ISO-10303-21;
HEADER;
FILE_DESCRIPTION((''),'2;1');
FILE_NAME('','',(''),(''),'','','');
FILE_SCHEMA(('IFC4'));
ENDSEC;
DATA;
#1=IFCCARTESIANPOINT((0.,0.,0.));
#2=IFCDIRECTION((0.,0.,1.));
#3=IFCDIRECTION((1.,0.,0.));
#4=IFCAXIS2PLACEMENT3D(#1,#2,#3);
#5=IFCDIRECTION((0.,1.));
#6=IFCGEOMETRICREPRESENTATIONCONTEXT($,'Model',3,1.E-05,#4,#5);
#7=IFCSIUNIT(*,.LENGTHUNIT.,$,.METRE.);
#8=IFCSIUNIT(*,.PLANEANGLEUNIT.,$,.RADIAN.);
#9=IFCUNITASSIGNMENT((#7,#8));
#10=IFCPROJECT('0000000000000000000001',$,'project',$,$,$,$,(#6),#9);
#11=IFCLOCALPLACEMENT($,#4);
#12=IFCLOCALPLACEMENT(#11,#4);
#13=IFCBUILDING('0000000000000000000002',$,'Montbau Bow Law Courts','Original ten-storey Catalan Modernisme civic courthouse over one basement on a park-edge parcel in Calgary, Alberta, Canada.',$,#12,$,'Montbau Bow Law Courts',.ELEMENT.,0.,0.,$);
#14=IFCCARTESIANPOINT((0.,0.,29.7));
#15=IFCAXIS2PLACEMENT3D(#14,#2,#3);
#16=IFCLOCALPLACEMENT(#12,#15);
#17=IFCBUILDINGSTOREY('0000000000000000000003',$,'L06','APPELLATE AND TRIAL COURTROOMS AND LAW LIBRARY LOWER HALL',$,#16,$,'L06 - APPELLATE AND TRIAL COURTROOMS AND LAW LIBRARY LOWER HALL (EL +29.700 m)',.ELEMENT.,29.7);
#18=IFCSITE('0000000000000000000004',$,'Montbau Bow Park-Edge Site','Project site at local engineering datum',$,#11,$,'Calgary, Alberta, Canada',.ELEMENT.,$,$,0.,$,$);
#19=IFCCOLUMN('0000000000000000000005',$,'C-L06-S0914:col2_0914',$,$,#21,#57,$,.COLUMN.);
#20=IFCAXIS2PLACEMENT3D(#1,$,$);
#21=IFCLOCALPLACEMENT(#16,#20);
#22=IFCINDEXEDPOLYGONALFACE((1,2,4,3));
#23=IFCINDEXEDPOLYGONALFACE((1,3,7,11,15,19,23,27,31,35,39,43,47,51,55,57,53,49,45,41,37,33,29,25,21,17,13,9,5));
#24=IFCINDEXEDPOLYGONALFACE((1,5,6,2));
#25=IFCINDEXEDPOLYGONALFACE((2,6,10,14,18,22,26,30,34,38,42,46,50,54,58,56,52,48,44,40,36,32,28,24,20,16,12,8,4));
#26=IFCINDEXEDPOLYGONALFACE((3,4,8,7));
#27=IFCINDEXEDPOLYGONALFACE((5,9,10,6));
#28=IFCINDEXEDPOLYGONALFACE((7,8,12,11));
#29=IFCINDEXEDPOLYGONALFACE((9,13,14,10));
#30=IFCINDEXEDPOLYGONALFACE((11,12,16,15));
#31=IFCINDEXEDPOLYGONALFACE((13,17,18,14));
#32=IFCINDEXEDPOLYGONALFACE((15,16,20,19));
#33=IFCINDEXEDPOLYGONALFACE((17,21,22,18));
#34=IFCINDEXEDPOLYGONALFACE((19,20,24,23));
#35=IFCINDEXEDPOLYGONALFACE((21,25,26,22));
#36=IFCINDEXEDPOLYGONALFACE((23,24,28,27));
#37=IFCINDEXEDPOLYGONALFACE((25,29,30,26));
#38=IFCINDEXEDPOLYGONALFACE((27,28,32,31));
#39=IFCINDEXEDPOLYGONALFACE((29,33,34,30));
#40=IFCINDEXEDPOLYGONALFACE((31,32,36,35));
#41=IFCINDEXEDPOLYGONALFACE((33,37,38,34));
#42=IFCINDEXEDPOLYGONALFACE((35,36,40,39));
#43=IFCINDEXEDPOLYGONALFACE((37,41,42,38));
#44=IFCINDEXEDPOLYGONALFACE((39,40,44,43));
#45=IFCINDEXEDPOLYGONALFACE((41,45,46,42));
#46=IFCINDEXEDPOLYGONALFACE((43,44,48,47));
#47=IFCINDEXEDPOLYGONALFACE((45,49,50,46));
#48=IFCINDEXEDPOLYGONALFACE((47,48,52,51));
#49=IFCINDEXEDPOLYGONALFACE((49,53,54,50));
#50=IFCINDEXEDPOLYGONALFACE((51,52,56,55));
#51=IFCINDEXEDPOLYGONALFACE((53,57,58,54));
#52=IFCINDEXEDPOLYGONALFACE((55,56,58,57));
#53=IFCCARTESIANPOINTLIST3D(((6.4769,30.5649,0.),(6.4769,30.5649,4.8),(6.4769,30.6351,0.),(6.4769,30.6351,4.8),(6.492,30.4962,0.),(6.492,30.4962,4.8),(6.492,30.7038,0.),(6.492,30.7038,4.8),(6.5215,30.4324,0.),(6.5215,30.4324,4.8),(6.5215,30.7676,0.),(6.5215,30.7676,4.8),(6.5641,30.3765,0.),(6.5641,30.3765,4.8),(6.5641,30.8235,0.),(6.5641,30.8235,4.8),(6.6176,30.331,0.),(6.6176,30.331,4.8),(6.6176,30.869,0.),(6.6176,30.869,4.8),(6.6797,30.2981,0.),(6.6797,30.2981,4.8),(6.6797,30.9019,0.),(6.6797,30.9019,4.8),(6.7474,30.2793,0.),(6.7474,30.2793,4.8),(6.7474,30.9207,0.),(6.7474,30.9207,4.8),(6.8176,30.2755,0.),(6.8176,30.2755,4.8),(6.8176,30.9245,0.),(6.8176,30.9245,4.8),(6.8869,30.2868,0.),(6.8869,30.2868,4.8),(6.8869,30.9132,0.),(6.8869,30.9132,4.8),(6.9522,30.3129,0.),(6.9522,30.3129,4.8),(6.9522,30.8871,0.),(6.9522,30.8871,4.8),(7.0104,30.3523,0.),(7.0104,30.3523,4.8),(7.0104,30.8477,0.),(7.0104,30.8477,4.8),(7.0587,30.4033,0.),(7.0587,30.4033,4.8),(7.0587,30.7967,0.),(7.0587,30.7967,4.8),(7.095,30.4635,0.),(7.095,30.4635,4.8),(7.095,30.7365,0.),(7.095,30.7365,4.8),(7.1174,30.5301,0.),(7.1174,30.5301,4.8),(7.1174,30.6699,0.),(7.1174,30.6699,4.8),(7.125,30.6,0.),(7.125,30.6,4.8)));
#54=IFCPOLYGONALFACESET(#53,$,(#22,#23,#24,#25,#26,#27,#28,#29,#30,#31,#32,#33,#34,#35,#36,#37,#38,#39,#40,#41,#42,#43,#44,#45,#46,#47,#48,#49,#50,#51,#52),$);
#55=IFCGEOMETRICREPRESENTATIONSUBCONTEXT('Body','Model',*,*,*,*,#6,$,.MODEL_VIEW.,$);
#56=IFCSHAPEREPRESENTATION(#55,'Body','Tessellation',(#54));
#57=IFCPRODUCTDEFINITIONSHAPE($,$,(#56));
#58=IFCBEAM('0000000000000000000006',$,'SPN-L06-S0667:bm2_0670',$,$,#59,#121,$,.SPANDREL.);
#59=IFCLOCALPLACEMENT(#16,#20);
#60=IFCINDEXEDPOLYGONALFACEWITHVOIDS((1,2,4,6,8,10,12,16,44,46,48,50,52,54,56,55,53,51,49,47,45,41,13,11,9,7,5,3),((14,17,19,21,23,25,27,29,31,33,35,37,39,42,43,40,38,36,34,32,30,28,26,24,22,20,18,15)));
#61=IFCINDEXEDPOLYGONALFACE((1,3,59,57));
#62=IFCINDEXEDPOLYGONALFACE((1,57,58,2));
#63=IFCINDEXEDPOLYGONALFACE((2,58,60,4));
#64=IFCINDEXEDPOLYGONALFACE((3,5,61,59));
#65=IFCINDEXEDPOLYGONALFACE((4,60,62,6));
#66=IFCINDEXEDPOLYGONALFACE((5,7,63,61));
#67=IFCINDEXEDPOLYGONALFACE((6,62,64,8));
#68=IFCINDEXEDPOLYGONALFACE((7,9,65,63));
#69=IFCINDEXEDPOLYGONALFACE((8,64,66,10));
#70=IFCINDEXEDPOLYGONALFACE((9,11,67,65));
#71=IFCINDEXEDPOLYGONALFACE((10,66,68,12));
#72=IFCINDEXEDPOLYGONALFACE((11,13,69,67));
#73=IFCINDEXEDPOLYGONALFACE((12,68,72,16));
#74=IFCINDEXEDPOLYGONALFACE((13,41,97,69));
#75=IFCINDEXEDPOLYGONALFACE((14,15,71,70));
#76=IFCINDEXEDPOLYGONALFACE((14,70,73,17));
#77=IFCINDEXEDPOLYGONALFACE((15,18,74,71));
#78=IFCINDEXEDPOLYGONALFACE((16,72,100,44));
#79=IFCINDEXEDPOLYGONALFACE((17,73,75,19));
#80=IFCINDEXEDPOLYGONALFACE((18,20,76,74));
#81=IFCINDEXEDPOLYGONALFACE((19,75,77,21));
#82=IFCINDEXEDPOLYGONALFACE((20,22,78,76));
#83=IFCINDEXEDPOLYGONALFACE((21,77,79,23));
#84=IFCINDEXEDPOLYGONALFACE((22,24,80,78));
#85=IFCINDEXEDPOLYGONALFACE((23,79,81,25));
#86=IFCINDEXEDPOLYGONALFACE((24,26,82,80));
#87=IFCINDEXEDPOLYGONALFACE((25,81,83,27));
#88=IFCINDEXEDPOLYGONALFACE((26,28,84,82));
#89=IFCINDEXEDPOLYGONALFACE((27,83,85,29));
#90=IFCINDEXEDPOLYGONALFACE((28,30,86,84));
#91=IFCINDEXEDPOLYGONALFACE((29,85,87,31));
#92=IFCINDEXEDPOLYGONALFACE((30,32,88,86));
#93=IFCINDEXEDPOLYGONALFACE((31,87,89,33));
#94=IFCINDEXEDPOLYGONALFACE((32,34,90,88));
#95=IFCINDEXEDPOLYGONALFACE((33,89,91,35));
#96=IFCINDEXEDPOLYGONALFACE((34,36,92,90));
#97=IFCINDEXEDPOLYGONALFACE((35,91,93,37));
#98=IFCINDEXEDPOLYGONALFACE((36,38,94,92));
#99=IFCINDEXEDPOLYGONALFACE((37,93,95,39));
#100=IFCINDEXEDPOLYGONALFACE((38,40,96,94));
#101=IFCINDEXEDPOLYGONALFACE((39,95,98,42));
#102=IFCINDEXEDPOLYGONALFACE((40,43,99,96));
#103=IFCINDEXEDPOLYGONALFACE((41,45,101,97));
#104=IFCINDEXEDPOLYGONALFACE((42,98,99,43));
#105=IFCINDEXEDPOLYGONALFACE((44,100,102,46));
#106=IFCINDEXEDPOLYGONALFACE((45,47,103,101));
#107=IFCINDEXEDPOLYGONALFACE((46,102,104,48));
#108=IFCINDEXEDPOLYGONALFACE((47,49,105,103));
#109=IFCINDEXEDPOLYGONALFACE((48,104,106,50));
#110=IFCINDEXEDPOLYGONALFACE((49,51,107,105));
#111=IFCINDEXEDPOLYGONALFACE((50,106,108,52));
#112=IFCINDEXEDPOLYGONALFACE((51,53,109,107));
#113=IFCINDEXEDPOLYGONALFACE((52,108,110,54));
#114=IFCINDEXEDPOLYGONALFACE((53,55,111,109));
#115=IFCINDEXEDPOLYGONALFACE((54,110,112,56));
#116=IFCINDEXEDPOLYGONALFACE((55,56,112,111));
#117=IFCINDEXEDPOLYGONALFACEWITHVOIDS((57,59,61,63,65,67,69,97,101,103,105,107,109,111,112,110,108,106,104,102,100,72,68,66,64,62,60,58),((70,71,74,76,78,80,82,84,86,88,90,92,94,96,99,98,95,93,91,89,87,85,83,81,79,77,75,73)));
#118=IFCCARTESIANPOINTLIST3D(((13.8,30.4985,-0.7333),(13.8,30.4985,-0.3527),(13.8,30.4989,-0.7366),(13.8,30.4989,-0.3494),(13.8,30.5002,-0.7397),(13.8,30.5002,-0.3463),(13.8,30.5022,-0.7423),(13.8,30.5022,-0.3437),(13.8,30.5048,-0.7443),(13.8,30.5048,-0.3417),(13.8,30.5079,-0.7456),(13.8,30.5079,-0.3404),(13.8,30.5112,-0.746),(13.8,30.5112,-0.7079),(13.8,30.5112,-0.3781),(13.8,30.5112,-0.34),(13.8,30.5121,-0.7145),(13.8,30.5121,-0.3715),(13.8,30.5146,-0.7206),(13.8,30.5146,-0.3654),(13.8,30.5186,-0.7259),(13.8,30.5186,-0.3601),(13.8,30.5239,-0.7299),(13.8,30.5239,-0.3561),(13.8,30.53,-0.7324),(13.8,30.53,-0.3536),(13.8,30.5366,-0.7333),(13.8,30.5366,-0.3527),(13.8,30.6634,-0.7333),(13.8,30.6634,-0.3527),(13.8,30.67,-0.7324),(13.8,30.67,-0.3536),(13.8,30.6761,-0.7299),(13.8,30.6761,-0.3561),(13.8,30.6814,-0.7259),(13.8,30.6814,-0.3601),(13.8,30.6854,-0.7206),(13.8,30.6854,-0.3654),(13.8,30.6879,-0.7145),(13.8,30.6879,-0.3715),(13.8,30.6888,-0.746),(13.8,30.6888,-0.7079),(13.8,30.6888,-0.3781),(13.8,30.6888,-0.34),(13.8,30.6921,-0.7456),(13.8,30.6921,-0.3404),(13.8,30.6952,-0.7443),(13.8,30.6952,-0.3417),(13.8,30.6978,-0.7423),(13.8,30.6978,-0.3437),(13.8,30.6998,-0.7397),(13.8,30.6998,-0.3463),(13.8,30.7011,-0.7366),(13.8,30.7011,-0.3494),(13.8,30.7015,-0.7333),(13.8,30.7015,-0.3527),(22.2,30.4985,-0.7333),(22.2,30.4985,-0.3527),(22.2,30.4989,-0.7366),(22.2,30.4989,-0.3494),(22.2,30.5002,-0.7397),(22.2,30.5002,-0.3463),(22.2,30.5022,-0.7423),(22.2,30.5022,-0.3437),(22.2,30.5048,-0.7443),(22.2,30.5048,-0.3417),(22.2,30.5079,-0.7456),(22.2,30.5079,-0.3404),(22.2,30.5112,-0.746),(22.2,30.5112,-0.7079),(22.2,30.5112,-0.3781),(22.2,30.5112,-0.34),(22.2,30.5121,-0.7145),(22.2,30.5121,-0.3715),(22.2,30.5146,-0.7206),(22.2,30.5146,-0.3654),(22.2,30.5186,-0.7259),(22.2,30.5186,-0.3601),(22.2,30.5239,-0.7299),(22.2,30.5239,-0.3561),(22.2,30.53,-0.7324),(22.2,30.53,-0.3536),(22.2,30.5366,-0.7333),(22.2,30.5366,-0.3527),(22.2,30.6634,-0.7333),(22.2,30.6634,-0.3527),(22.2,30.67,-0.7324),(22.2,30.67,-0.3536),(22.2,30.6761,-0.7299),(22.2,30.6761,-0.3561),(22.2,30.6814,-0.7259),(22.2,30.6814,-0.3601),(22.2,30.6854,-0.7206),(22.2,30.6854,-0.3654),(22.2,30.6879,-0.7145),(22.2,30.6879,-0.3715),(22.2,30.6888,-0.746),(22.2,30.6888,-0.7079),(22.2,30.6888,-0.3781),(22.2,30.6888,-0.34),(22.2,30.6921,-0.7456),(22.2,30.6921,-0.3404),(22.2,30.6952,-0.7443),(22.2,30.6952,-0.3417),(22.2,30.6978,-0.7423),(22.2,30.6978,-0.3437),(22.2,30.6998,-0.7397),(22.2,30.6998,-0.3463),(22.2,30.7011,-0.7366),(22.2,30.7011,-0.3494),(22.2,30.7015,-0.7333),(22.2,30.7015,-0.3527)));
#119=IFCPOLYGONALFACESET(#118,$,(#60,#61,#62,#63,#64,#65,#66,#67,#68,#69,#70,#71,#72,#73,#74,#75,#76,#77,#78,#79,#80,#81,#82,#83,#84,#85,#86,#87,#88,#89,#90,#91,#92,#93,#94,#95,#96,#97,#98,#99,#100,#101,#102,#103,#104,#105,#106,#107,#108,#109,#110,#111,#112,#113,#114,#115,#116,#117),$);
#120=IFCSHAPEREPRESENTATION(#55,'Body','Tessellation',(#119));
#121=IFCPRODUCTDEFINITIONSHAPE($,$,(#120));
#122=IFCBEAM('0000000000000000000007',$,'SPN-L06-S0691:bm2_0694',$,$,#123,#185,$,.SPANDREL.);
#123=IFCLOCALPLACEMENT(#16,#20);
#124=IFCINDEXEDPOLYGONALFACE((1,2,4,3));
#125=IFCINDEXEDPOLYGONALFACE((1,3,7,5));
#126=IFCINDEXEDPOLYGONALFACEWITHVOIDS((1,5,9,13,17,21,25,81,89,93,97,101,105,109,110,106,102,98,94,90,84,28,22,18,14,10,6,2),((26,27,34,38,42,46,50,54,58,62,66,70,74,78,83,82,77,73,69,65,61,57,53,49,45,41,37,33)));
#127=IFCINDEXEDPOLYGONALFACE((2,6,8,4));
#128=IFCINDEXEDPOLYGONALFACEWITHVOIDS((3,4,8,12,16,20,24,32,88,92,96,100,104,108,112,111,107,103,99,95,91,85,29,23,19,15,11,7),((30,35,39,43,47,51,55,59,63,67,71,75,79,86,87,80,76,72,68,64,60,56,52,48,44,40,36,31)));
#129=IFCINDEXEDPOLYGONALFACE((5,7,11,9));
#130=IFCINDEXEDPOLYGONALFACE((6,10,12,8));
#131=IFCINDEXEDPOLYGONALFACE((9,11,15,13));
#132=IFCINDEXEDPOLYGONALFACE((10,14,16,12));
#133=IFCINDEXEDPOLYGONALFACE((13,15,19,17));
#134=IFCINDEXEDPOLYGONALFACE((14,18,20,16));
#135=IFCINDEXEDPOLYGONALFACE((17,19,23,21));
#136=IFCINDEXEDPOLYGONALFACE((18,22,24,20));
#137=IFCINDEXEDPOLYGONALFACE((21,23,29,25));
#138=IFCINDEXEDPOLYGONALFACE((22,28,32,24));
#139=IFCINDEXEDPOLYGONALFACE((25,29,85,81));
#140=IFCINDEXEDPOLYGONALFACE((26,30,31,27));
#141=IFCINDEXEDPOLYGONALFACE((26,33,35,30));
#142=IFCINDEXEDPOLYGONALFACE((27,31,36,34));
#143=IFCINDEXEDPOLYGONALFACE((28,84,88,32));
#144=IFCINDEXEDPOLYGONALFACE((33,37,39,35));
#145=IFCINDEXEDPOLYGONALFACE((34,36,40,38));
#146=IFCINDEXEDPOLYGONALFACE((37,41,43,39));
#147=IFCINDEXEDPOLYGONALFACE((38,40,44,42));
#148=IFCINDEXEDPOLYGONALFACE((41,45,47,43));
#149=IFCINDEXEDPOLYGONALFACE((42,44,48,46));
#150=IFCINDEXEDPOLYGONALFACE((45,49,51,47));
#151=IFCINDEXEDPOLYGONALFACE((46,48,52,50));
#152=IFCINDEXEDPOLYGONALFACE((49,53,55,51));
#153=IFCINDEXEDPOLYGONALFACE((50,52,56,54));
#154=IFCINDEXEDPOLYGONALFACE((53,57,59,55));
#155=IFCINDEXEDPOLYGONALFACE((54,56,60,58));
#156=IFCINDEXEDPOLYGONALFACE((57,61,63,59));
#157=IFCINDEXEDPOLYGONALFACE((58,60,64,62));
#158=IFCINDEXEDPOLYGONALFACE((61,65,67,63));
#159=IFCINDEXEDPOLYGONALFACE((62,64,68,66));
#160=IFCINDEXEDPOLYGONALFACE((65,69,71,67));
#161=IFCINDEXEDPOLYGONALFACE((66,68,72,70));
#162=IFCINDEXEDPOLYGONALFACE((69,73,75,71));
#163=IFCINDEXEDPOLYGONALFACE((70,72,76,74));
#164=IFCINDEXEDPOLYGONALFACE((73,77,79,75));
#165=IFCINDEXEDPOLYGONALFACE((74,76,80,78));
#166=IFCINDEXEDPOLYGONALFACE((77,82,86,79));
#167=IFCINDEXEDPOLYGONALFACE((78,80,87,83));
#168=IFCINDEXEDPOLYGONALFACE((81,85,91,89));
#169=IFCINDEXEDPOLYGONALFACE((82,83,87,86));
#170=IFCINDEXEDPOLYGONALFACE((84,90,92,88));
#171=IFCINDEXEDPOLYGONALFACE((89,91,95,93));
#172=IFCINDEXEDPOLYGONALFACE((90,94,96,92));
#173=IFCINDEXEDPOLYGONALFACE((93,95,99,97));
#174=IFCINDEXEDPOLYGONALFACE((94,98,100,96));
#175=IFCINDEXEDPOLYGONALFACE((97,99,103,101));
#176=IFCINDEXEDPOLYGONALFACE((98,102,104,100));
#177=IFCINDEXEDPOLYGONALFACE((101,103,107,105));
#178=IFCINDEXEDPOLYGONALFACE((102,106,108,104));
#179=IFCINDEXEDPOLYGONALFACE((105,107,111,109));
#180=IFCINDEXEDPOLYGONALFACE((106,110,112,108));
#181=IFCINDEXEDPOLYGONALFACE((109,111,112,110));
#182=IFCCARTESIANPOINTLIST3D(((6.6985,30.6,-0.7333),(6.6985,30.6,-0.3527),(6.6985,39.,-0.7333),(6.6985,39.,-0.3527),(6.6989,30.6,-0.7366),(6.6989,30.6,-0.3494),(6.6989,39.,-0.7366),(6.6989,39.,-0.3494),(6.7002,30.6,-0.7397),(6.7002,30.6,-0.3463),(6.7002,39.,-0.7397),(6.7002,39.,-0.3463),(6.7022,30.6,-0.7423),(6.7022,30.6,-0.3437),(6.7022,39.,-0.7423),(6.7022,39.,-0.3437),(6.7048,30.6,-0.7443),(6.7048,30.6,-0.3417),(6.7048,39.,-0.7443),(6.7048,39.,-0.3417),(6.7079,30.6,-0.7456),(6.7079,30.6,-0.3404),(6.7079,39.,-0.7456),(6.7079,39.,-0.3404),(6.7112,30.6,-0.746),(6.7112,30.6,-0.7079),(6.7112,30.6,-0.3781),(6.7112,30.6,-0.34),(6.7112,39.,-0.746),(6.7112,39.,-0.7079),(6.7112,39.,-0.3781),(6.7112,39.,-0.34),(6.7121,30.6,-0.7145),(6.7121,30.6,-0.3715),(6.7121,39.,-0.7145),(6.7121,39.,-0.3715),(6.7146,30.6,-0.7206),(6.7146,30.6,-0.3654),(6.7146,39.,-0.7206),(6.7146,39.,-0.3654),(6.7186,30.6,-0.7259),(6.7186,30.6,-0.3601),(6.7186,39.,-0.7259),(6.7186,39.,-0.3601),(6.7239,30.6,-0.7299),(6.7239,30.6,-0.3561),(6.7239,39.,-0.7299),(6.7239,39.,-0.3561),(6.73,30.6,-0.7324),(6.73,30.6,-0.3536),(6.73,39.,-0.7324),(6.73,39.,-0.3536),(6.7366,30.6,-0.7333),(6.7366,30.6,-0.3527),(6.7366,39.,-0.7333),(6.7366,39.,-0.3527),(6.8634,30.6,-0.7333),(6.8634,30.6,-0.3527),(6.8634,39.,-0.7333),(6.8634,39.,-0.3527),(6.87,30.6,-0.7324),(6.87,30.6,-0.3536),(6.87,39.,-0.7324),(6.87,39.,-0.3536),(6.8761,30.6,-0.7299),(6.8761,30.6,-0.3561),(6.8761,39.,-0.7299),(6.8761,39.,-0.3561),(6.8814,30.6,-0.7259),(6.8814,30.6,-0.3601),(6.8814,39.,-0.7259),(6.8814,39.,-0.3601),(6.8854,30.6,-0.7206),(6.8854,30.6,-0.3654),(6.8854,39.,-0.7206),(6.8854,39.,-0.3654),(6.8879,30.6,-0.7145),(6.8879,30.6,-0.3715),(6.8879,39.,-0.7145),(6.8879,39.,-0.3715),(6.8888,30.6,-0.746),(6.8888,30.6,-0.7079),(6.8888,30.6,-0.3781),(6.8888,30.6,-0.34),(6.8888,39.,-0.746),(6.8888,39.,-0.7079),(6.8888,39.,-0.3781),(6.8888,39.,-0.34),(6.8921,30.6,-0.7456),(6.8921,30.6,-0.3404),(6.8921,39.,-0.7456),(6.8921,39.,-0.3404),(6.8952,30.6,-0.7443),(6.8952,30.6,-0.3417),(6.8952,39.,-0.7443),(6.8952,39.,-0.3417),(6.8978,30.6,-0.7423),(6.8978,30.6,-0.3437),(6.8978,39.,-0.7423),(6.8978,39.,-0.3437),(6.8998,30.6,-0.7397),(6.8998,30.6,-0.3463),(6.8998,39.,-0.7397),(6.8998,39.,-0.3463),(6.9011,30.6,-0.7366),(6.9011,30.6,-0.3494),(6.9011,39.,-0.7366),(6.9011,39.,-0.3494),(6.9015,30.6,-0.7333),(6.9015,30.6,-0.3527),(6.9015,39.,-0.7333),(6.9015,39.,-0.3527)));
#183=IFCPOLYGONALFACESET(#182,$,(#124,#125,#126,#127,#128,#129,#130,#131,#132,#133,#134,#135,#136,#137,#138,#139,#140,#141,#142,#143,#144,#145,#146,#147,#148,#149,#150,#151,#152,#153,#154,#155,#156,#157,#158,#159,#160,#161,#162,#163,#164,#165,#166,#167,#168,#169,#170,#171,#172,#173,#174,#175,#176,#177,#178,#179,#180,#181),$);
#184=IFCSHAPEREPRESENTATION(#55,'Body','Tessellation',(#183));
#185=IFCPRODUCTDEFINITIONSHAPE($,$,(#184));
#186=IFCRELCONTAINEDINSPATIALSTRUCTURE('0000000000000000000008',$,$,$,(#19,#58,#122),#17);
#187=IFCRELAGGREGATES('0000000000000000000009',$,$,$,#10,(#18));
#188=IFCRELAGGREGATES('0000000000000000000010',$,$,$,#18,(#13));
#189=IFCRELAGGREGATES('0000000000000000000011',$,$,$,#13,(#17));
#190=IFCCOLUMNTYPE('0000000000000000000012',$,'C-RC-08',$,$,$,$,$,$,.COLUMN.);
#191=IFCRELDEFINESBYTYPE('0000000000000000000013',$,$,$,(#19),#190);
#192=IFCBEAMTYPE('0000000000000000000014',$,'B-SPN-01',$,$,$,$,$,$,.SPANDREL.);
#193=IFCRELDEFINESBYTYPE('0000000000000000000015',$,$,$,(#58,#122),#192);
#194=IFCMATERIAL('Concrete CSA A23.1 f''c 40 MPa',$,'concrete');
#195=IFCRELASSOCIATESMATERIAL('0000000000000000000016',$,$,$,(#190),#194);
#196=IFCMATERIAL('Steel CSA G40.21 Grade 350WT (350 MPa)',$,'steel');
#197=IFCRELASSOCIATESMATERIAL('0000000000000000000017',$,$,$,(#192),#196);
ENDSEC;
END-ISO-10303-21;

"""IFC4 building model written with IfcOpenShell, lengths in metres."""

from ifc_helpers import new_model, si_unit, direction, frame, origin_with_axes, origin_2d_with_axis, place, context, subcontext, project, spatial, hollow_rectangle, circle, extrude, material, material_profile, profile_set, type_object, element, save


model = new_model("IFC4")

# Units and contexts
model_context = context("Model", 3, precision=1e-05, world=origin_with_axes(), true_north=direction((0.0, 1.0)))
body_context = subcontext(model_context, "Body", "Model", "MODEL_VIEW")
ifc_project = project(units=[si_unit("LENGTHUNIT", "METRE"), si_unit("PLANEANGLEUNIT", "RADIAN")], contexts=[model_context])

# Site, building, storey
site_placement = place(None, origin_with_axes())
site = spatial("IfcSite", under=ifc_project, at=site_placement, Name="Montbau Bow Park-Edge Site", Description="Project site at local engineering datum", LongName="Calgary, Alberta, Canada", CompositionType="ELEMENT", RefElevation=0.0)
building_placement = place(site_placement, origin_with_axes())
building = spatial("IfcBuilding", under=site, at=building_placement, Name="Montbau Bow Law Courts", Description="Original ten-storey Catalan Modernisme civic courthouse over one basement on a park-edge parcel in Calgary, Alberta, Canada.", LongName="Montbau Bow Law Courts", CompositionType="ELEMENT", ElevationOfRefHeight=0.0, ElevationOfTerrain=0.0)
storey_placement = place(building_placement, frame((0.0, 0.0, 29.7), z_axis=(0.0, 0.0, 1.0), x_axis=(1.0, 0.0, 0.0)))
storey = spatial("IfcBuildingStorey", under=building, at=storey_placement, Name="L06", Description="APPELLATE AND TRIAL COURTROOMS AND LAW LIBRARY LOWER HALL", LongName="L06 - APPELLATE AND TRIAL COURTROOMS AND LAW LIBRARY LOWER HALL (EL +29.700 m)", CompositionType="ELEMENT", Elevation=29.7)

# Column
ifc_material_1 = material(Name="Concrete CSA A23.1 f'c 40 MPa", Category="concrete")
ifc_material_profile_1 = material_profile(ifc_material_1, circle(Radius=0.325, at=origin_2d_with_axis()), Name="RC650D", Category="Main", Priority=0)
ifc_profile_set_1 = profile_set([ifc_material_profile_1], Name="Concrete CSA A23.1 f'c 40 MPa")
column_type = type_object("IfcColumnType", Name="C-RC-08", PredefinedType="COLUMN", material=ifc_profile_set_1)
column_placement = place(None, frame((6.8, 30.6, 29.7), z_axis=(0.0, 0.0, 1.0), x_axis=(1.0, 0.0, 0.0)))
element("IfcColumn", 1, at=column_placement, inside=storey, type_object=column_type, Name="C-L06-S0914:col2_0914", PredefinedType="COLUMN", context=body_context, shape_type="SweptSolid", body=[
    extrude(circle(Radius=0.325, at=origin_2d_with_axis()), origin_with_axes(), (0.0, 0.0, 1.0), 4.8),
])

# Beams
ifc_material_2 = material(Name="Steel CSA G40.21 Grade 350WT (350 MPa)", Category="steel")
ifc_material_profile_2 = material_profile(ifc_material_2, hollow_rectangle(XDim=0.203, YDim=0.406, WallThickness=0.0127, InnerFilletRadius=0.0254, OuterFilletRadius=0.0127, at=origin_2d_with_axis()), Name="HSS406X203X13", Category="Main", Priority=0)
ifc_profile_set_2 = profile_set([ifc_material_profile_2], Name="Steel CSA G40.21 Grade 350WT (350 MPa)")
beam_type_1 = type_object("IfcBeamType", Name="B-SPN-01", PredefinedType="SPANDREL", material=ifc_profile_set_2)
for number, where, z_axis, x_axis, name in (
    (2, (13.8, 30.6, 29.157), (1.0, 0.0, 0.0), (0.0, 1.0, 0.0), "SPN-L06-S0667:bm2_0670"),
    (3, (6.8, 30.6, 29.157), (0.0, 1.0, 0.0), (-1.0, 0.0, 0.0), "SPN-L06-S0691:bm2_0694"),
):
    element("IfcBeam", number, at=place(None, frame(where, z_axis=z_axis, x_axis=x_axis)), inside=storey, type_object=beam_type_1, Name=name, PredefinedType="SPANDREL", context=body_context, shape_type="SweptSolid", body=[
        extrude(hollow_rectangle(XDim=0.203, YDim=0.406, WallThickness=0.0127, InnerFilletRadius=0.0254, OuterFilletRadius=0.0127, at=origin_2d_with_axis()), origin_with_axes(), (0.0, 0.0, 1.0), 8.4),
    ])

save(model, "model.ifc")
